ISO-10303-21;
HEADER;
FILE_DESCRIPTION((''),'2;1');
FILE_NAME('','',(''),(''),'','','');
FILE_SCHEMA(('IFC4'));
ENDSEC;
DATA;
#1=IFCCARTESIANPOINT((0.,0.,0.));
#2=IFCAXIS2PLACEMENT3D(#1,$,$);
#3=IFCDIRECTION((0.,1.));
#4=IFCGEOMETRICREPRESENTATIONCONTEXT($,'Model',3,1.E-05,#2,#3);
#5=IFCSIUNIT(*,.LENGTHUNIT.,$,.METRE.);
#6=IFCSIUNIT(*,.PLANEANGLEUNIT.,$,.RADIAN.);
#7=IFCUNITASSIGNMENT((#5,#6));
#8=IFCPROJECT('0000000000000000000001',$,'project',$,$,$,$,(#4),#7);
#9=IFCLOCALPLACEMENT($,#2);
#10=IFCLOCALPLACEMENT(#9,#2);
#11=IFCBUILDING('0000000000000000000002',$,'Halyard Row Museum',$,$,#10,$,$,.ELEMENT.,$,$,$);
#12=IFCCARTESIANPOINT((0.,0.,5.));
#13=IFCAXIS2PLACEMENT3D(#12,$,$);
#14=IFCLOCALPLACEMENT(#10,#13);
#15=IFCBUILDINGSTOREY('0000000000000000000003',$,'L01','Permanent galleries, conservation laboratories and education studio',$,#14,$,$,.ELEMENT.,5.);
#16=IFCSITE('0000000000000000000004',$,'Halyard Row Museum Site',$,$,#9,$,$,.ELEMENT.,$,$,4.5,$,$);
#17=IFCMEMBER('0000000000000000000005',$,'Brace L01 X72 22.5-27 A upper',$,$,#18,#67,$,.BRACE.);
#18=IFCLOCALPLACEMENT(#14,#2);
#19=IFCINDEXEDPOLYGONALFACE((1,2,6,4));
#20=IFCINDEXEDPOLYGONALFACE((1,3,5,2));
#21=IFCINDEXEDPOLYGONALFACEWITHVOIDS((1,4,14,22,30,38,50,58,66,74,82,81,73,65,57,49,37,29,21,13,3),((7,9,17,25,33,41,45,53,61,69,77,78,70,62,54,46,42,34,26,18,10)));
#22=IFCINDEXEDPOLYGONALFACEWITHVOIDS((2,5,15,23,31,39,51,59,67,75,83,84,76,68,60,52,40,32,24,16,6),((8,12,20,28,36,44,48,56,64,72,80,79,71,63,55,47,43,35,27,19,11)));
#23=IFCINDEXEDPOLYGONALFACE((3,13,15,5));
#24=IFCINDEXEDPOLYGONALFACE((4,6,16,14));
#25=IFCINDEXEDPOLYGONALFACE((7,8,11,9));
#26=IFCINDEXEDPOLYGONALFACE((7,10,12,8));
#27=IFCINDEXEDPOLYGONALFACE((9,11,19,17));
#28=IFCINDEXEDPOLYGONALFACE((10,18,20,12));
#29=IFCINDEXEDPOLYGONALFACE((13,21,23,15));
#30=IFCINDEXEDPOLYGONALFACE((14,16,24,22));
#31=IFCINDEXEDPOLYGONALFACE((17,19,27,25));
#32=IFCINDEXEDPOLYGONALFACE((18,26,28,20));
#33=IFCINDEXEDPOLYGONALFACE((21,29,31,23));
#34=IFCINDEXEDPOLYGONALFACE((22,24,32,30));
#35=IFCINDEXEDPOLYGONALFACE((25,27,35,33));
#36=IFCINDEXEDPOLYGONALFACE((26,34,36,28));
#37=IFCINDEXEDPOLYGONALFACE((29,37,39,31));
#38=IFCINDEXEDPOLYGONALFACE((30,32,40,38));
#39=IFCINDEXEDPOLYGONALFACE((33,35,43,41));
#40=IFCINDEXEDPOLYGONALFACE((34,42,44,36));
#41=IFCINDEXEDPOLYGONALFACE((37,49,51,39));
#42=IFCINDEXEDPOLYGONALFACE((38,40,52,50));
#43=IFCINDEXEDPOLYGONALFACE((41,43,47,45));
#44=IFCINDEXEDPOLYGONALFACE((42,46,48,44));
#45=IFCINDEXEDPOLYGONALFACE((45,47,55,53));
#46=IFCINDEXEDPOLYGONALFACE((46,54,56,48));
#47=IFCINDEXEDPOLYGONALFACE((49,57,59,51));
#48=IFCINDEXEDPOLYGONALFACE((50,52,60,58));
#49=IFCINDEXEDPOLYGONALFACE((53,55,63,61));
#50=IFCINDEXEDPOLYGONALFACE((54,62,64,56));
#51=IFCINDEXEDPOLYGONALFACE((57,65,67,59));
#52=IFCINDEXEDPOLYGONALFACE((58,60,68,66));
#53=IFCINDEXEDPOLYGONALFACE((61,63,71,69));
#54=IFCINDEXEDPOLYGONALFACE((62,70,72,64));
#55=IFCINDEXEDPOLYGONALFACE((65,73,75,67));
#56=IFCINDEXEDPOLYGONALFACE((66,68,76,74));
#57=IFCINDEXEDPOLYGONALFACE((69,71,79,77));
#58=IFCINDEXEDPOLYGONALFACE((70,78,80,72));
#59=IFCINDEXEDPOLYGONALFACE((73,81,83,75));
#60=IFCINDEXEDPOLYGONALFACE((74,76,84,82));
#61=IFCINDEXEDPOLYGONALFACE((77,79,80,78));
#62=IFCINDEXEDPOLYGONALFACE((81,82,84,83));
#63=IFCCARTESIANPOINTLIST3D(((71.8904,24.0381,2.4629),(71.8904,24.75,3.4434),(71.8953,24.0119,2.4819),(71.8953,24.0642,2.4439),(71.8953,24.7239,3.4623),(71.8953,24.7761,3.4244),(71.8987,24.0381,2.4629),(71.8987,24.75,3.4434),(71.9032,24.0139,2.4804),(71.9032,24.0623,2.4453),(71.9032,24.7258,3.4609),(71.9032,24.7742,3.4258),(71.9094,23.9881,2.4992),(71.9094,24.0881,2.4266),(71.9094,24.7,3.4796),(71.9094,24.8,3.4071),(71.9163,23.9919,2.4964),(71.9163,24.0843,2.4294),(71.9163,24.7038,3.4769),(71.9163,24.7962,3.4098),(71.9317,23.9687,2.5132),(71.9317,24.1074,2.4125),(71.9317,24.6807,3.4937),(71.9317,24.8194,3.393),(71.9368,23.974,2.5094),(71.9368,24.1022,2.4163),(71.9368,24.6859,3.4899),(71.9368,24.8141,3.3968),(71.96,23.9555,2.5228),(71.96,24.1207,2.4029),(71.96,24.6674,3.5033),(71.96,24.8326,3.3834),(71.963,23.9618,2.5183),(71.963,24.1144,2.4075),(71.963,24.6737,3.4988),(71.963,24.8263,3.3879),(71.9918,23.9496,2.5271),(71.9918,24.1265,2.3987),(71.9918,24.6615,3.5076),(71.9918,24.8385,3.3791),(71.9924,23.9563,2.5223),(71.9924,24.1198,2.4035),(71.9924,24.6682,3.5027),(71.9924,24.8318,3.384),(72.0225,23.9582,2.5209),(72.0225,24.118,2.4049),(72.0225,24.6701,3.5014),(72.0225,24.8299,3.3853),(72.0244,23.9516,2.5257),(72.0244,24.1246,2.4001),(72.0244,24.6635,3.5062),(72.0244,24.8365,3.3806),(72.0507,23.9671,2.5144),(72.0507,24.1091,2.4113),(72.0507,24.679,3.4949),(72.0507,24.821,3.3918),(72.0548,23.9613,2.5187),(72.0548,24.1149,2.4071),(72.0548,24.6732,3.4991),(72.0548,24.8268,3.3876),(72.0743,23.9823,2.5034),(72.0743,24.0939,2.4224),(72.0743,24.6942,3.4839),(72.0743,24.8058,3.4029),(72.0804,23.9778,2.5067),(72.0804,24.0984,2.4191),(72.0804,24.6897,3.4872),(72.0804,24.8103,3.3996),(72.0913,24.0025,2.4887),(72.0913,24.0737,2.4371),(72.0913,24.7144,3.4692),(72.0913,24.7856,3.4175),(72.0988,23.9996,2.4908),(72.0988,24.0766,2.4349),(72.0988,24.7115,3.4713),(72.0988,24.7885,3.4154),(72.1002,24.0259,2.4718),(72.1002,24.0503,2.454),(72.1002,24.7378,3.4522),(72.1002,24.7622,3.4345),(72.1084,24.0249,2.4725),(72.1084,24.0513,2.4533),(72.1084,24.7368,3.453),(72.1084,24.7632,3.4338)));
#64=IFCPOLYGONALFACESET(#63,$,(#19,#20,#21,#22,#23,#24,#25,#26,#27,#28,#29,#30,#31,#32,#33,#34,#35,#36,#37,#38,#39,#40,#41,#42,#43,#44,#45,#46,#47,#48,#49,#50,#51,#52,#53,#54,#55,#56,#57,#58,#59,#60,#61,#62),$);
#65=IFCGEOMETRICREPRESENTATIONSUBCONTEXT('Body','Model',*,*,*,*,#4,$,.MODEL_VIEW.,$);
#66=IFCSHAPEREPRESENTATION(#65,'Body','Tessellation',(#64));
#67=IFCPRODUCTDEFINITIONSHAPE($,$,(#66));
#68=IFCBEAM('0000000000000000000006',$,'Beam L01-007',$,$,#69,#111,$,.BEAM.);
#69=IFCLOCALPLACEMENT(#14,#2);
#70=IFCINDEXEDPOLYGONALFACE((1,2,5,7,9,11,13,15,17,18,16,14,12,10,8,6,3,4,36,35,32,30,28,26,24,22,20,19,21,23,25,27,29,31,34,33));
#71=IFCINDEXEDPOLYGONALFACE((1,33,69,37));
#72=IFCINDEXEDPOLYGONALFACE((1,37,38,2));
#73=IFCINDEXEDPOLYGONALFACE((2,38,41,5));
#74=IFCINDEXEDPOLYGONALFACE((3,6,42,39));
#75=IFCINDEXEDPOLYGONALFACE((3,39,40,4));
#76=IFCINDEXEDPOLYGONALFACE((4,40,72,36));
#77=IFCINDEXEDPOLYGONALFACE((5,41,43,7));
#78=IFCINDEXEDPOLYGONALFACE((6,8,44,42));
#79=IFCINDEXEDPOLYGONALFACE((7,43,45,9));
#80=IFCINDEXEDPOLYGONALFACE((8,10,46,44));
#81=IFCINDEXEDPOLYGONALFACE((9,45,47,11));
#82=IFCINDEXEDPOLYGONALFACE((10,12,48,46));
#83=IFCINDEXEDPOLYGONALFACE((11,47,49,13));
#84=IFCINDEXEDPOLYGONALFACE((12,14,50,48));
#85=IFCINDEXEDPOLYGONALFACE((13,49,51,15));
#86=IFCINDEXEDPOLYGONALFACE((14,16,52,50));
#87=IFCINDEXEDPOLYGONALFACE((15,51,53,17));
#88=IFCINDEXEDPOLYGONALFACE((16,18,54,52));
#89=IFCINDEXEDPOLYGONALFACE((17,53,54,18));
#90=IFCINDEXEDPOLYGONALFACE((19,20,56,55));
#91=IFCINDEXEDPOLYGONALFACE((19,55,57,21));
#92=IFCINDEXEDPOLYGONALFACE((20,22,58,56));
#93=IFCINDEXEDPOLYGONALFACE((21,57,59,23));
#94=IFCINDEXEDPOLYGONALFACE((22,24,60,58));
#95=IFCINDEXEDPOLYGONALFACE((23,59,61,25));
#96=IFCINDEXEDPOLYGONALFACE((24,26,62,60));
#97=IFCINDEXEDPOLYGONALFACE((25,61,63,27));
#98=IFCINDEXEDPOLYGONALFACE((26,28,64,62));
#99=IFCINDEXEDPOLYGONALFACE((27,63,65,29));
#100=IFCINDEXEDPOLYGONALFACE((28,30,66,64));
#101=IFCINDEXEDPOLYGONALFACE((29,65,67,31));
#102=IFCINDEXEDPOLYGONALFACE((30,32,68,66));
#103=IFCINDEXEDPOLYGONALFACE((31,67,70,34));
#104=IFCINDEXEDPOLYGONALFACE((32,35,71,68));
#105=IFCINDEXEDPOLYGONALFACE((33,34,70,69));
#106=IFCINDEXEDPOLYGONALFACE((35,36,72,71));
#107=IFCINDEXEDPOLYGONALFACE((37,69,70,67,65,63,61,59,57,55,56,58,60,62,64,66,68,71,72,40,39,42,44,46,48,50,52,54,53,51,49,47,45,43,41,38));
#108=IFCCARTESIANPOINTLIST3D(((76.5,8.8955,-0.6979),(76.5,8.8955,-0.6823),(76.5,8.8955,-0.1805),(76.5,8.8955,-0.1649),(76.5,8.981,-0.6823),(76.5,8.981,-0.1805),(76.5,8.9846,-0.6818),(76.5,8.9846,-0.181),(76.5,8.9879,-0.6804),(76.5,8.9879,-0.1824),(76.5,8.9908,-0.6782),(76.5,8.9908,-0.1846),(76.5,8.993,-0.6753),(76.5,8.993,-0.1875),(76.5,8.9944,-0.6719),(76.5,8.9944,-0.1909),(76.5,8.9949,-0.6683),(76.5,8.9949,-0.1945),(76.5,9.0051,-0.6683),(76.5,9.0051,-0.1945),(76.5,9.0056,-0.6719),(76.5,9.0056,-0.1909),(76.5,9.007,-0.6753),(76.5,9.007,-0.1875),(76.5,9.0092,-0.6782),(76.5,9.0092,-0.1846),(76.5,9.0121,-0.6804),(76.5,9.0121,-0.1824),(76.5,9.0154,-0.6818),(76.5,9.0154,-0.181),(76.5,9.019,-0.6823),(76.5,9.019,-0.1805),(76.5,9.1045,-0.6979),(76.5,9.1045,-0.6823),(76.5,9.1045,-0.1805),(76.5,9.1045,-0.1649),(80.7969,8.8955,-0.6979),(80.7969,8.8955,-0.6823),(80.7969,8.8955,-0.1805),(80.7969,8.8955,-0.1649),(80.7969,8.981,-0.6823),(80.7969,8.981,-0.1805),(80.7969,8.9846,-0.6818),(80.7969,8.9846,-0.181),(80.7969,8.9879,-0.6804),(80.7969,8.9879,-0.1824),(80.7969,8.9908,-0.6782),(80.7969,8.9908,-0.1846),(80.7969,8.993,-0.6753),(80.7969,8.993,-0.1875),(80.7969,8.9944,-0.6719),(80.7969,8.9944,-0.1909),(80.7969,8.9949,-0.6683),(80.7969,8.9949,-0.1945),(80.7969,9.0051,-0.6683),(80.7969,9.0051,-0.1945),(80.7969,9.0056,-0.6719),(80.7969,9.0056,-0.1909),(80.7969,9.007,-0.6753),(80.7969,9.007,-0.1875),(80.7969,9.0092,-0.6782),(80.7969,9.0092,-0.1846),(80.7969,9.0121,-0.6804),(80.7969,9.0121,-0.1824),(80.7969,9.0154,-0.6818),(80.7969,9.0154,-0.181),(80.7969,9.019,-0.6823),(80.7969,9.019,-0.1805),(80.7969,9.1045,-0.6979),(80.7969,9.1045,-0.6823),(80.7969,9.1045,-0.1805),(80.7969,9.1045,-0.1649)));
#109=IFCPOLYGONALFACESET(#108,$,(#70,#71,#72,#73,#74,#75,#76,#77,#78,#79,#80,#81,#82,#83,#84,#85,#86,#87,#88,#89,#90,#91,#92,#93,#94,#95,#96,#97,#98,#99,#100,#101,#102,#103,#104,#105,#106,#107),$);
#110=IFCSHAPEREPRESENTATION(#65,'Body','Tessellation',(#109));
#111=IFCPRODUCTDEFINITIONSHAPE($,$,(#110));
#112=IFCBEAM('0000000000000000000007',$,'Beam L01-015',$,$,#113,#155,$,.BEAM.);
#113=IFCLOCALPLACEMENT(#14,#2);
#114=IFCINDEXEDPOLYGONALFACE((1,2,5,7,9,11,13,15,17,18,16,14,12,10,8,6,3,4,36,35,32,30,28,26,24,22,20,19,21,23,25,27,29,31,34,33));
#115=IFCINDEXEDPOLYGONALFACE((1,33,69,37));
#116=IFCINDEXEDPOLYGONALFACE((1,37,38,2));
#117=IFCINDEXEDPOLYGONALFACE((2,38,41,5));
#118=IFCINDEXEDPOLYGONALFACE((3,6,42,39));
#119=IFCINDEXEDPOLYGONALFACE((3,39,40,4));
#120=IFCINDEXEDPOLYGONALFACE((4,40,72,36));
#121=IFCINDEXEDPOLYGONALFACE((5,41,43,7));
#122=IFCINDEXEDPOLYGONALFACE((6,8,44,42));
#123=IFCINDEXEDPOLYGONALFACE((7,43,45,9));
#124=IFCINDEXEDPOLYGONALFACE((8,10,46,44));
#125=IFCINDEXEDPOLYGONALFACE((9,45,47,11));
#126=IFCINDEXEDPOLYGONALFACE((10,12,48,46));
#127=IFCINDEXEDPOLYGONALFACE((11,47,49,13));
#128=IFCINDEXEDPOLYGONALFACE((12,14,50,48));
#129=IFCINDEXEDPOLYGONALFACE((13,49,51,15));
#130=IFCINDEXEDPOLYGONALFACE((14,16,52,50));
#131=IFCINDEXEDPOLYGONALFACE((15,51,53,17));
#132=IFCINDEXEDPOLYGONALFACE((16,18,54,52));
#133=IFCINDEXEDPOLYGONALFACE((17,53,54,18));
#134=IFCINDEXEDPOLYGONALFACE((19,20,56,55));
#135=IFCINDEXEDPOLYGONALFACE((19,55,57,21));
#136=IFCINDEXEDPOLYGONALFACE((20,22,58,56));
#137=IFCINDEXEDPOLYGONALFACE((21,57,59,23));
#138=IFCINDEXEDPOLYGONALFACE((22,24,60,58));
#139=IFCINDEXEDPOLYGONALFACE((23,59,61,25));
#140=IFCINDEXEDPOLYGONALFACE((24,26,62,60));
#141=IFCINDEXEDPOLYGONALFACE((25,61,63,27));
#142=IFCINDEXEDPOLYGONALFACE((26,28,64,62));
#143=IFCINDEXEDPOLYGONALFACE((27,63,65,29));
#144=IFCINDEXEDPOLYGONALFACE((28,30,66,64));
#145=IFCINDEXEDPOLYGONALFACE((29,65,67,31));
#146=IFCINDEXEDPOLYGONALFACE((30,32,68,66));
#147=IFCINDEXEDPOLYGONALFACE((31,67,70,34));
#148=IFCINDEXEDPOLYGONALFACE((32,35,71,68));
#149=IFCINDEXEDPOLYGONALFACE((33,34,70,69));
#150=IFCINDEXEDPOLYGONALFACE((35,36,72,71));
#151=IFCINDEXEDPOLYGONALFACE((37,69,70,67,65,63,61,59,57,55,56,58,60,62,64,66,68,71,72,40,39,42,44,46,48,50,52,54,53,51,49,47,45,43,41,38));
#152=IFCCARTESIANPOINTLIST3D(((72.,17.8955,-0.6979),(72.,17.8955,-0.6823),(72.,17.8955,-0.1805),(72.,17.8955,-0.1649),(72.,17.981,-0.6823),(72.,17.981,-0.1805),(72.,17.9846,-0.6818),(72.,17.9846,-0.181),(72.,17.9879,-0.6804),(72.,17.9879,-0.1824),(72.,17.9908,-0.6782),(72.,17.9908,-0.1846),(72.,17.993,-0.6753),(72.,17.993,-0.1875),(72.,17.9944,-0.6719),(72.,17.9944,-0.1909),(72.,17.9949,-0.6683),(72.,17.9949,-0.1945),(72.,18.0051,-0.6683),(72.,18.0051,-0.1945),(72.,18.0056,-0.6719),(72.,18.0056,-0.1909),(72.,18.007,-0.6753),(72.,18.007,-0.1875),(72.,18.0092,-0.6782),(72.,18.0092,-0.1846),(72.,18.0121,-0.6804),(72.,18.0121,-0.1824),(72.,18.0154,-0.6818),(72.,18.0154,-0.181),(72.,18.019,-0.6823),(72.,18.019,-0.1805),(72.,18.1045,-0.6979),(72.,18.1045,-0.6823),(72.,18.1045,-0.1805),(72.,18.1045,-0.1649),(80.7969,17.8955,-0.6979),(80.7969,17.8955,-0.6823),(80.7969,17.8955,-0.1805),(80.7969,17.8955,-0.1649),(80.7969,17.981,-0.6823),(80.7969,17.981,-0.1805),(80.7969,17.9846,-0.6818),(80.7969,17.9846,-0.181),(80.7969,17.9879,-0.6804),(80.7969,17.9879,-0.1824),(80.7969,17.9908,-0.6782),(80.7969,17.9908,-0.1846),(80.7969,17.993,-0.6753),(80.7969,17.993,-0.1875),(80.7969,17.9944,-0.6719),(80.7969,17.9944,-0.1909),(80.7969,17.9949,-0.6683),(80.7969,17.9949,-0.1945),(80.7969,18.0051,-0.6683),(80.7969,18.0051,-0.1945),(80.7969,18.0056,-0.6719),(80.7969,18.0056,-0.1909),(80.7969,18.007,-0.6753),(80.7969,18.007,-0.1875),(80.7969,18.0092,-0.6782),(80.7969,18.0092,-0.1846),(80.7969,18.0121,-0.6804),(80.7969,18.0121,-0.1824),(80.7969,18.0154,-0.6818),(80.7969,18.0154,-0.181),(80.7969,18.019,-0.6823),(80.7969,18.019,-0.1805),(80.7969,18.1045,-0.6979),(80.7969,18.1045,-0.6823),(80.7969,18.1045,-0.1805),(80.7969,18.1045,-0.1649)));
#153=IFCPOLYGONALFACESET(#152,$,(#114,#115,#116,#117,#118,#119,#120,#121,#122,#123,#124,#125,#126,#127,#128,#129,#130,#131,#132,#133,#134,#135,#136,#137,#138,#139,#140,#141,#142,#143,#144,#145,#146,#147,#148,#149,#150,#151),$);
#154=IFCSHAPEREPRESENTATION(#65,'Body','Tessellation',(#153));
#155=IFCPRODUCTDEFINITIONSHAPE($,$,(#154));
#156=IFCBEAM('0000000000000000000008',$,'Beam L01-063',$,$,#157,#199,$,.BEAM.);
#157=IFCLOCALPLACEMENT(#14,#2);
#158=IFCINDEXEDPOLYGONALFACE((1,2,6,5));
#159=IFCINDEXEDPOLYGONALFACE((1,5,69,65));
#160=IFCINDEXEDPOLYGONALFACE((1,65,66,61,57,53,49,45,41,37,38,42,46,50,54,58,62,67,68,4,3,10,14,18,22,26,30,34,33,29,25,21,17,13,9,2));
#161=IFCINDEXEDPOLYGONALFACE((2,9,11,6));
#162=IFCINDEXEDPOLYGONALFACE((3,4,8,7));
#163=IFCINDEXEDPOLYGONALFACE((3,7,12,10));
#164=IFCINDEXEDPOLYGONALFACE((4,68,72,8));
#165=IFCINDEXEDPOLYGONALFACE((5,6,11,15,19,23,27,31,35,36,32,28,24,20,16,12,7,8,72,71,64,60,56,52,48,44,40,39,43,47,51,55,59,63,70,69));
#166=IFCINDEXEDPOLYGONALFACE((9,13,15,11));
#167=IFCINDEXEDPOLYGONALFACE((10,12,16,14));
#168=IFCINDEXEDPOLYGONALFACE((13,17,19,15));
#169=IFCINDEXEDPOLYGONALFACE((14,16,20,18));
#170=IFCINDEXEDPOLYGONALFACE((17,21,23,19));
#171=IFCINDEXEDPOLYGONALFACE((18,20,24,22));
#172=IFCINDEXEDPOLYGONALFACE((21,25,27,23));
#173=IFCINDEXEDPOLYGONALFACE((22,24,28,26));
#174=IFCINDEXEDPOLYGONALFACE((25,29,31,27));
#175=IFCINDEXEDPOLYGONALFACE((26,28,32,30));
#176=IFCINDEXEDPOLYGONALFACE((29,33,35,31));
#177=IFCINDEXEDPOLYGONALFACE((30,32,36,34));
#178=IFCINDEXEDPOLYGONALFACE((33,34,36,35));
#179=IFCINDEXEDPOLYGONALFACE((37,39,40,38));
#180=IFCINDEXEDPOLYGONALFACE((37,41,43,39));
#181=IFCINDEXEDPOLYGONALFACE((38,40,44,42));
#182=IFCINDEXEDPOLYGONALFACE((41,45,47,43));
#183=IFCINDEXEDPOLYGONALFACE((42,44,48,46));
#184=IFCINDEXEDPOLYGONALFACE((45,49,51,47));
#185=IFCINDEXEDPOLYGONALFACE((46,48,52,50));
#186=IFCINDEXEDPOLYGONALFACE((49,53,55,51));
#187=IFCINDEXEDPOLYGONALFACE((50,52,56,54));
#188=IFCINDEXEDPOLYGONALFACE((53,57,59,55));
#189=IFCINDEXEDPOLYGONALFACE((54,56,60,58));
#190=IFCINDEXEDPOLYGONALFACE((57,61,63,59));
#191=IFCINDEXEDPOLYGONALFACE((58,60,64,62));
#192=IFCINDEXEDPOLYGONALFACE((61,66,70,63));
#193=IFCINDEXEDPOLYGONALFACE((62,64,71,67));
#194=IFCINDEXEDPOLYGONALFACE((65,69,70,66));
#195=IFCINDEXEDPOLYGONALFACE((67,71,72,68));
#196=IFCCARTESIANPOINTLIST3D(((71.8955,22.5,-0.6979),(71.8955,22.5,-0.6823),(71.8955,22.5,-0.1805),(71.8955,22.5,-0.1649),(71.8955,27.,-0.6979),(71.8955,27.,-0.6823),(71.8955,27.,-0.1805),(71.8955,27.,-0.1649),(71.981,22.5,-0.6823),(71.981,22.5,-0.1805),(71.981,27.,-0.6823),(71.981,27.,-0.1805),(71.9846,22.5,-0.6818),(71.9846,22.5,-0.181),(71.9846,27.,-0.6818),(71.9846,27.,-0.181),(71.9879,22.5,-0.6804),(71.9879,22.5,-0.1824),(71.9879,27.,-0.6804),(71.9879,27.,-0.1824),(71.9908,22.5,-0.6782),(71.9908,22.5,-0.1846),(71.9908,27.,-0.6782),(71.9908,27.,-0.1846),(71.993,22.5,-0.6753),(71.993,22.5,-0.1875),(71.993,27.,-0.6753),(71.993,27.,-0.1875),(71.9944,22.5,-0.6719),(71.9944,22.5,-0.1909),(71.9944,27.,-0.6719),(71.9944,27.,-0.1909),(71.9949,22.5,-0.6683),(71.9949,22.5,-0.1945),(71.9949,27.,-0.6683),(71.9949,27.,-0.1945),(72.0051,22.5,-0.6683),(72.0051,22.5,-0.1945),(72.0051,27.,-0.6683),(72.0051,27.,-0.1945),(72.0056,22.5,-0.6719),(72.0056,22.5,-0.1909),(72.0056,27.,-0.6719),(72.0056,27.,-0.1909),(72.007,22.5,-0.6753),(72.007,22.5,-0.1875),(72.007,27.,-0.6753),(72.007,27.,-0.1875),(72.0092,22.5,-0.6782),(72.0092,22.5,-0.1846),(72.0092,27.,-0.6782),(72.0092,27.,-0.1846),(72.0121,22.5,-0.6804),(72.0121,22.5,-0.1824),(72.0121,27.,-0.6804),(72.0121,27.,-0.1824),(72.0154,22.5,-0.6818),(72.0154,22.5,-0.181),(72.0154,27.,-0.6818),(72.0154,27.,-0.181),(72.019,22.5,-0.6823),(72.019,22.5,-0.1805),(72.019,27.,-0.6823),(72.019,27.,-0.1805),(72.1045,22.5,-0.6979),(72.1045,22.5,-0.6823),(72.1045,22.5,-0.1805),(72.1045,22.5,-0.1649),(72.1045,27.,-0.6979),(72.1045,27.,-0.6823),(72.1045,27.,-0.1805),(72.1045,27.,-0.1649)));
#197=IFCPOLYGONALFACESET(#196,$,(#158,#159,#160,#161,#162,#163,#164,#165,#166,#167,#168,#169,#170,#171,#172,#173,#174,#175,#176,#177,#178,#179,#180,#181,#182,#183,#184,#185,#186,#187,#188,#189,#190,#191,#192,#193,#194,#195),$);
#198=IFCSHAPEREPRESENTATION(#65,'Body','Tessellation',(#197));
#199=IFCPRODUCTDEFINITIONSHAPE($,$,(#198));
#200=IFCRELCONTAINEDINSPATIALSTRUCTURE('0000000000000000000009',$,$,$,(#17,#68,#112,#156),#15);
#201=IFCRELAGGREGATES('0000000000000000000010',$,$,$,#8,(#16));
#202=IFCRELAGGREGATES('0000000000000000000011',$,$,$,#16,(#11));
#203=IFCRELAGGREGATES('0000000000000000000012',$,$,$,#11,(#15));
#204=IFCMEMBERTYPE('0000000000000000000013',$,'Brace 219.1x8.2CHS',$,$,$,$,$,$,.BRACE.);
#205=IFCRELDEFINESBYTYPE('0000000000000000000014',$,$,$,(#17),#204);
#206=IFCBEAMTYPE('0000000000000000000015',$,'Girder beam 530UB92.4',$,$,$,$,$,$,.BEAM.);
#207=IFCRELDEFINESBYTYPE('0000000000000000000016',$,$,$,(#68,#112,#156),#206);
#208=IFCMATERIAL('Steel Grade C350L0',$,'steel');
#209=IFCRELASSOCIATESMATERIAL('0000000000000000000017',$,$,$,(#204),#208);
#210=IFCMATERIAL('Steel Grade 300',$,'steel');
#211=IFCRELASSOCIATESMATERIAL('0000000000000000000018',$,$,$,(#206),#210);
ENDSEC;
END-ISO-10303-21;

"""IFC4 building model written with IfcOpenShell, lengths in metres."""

from ifc_helpers import new_model, si_unit, direction, frame, origin, origin_2d, place, context, subcontext, project, spatial, hollow_circle, i_section, extrude, material, material_profile, profile_set, type_object, element, save


model = new_model("IFC4")

# Units and contexts
model_context = context("Model", 3, precision=1e-05, world=origin(), true_north=direction((0.0, 1.0)))
body_context = subcontext(model_context, "Body", "Model", "MODEL_VIEW")
ifc_project = project(units=[si_unit("LENGTHUNIT", "METRE"), si_unit("PLANEANGLEUNIT", "RADIAN")], contexts=[model_context])

# Site, building, storey
site_placement = place(None, origin())
site = spatial("IfcSite", under=ifc_project, at=site_placement, Name="Halyard Row Museum Site", CompositionType="ELEMENT", RefElevation=4.5)
building_placement = place(site_placement, origin())
building = spatial("IfcBuilding", under=site, at=building_placement, Name="Halyard Row Museum", CompositionType="ELEMENT")
storey_placement = place(building_placement, frame((0.0, 0.0, 5.0)))
storey = spatial("IfcBuildingStorey", under=building, at=storey_placement, Name="L01", Description="Permanent galleries, conservation laboratories and education studio", CompositionType="ELEMENT", Elevation=5.0)

# Member
ifc_material_1 = material(Name="Steel Grade C350L0", Category="steel")
ifc_material_profile_1 = material_profile(ifc_material_1, hollow_circle(Radius=0.1096, WallThickness=0.0083, at=origin_2d()), Name="219.1x8.2CHS")
ifc_profile_set_1 = profile_set([ifc_material_profile_1], Name="Steel Grade C350L0")
member_type = type_object("IfcMemberType", Name="Brace 219.1x8.2CHS", PredefinedType="BRACE", material=ifc_profile_set_1)
member_1_placement = place(storey_placement, frame((72.0, 24.0381, 2.4629), z_axis=(0.0, 0.587549, 0.809189), x_axis=(-1.0, 0.0, 0.0)))
element("IfcMember", 1, at=member_1_placement, inside=storey, type_object=member_type, Name="Brace L01 X72 22.5-27 A upper", PredefinedType="BRACE", context=body_context, shape_type="SweptSolid", body=[
    extrude(hollow_circle(Radius=0.1096, WallThickness=0.0083, at=origin_2d()), origin(), (0.0, 0.0, 1.0), 1.2117),
])

# Beams
ifc_material_2 = material(Name="Steel Grade 300", Category="steel")
ifc_material_profile_2 = material_profile(ifc_material_2, i_section(OverallWidth=0.209, OverallDepth=0.533, WebThickness=0.0103, FlangeThickness=0.0156, FilletRadius=0.0139, at=origin_2d()), Name="530UB92.4")
ifc_profile_set_2 = profile_set([ifc_material_profile_2], Name="Steel Grade 300")
beam_type_1 = type_object("IfcBeamType", Name="Girder beam 530UB92.4", PredefinedType="BEAM", material=ifc_profile_set_2)
beam_1_placement = place(storey_placement, frame((76.5, 9.0, -0.4314), z_axis=(1.0, 0.0, 0.0), x_axis=(0.0, 1.0, 0.0)))
element("IfcBeam", 2, at=beam_1_placement, inside=storey, type_object=beam_type_1, Name="Beam L01-007", PredefinedType="BEAM", context=body_context, shape_type="SweptSolid", body=[
    extrude(i_section(OverallWidth=0.209, OverallDepth=0.533, WebThickness=0.0103, FlangeThickness=0.0156, FilletRadius=0.0139, at=origin_2d()), origin(), (0.0, 0.0, 1.0), 4.2969),
])
beam_2_placement = place(storey_placement, frame((72.0, 18.0, -0.4314), z_axis=(1.0, 0.0, 0.0), x_axis=(0.0, 1.0, 0.0)))
element("IfcBeam", 3, at=beam_2_placement, inside=storey, type_object=beam_type_1, Name="Beam L01-015", PredefinedType="BEAM", context=body_context, shape_type="SweptSolid", body=[
    extrude(i_section(OverallWidth=0.209, OverallDepth=0.533, WebThickness=0.0103, FlangeThickness=0.0156, FilletRadius=0.0139, at=origin_2d()), origin(), (0.0, 0.0, 1.0), 8.7969),
])
beam_3_placement = place(storey_placement, frame((72.0, 22.5, -0.4314), z_axis=(0.0, 1.0, 0.0), x_axis=(-1.0, 0.0, 0.0)))
element("IfcBeam", 4, at=beam_3_placement, inside=storey, type_object=beam_type_1, Name="Beam L01-063", PredefinedType="BEAM", context=body_context, shape_type="SweptSolid", body=[
    extrude(i_section(OverallWidth=0.209, OverallDepth=0.533, WebThickness=0.0103, FlangeThickness=0.0156, FilletRadius=0.0139, at=origin_2d()), origin(), (0.0, 0.0, 1.0), 4.5),
])

save(model, "model.ifc")
